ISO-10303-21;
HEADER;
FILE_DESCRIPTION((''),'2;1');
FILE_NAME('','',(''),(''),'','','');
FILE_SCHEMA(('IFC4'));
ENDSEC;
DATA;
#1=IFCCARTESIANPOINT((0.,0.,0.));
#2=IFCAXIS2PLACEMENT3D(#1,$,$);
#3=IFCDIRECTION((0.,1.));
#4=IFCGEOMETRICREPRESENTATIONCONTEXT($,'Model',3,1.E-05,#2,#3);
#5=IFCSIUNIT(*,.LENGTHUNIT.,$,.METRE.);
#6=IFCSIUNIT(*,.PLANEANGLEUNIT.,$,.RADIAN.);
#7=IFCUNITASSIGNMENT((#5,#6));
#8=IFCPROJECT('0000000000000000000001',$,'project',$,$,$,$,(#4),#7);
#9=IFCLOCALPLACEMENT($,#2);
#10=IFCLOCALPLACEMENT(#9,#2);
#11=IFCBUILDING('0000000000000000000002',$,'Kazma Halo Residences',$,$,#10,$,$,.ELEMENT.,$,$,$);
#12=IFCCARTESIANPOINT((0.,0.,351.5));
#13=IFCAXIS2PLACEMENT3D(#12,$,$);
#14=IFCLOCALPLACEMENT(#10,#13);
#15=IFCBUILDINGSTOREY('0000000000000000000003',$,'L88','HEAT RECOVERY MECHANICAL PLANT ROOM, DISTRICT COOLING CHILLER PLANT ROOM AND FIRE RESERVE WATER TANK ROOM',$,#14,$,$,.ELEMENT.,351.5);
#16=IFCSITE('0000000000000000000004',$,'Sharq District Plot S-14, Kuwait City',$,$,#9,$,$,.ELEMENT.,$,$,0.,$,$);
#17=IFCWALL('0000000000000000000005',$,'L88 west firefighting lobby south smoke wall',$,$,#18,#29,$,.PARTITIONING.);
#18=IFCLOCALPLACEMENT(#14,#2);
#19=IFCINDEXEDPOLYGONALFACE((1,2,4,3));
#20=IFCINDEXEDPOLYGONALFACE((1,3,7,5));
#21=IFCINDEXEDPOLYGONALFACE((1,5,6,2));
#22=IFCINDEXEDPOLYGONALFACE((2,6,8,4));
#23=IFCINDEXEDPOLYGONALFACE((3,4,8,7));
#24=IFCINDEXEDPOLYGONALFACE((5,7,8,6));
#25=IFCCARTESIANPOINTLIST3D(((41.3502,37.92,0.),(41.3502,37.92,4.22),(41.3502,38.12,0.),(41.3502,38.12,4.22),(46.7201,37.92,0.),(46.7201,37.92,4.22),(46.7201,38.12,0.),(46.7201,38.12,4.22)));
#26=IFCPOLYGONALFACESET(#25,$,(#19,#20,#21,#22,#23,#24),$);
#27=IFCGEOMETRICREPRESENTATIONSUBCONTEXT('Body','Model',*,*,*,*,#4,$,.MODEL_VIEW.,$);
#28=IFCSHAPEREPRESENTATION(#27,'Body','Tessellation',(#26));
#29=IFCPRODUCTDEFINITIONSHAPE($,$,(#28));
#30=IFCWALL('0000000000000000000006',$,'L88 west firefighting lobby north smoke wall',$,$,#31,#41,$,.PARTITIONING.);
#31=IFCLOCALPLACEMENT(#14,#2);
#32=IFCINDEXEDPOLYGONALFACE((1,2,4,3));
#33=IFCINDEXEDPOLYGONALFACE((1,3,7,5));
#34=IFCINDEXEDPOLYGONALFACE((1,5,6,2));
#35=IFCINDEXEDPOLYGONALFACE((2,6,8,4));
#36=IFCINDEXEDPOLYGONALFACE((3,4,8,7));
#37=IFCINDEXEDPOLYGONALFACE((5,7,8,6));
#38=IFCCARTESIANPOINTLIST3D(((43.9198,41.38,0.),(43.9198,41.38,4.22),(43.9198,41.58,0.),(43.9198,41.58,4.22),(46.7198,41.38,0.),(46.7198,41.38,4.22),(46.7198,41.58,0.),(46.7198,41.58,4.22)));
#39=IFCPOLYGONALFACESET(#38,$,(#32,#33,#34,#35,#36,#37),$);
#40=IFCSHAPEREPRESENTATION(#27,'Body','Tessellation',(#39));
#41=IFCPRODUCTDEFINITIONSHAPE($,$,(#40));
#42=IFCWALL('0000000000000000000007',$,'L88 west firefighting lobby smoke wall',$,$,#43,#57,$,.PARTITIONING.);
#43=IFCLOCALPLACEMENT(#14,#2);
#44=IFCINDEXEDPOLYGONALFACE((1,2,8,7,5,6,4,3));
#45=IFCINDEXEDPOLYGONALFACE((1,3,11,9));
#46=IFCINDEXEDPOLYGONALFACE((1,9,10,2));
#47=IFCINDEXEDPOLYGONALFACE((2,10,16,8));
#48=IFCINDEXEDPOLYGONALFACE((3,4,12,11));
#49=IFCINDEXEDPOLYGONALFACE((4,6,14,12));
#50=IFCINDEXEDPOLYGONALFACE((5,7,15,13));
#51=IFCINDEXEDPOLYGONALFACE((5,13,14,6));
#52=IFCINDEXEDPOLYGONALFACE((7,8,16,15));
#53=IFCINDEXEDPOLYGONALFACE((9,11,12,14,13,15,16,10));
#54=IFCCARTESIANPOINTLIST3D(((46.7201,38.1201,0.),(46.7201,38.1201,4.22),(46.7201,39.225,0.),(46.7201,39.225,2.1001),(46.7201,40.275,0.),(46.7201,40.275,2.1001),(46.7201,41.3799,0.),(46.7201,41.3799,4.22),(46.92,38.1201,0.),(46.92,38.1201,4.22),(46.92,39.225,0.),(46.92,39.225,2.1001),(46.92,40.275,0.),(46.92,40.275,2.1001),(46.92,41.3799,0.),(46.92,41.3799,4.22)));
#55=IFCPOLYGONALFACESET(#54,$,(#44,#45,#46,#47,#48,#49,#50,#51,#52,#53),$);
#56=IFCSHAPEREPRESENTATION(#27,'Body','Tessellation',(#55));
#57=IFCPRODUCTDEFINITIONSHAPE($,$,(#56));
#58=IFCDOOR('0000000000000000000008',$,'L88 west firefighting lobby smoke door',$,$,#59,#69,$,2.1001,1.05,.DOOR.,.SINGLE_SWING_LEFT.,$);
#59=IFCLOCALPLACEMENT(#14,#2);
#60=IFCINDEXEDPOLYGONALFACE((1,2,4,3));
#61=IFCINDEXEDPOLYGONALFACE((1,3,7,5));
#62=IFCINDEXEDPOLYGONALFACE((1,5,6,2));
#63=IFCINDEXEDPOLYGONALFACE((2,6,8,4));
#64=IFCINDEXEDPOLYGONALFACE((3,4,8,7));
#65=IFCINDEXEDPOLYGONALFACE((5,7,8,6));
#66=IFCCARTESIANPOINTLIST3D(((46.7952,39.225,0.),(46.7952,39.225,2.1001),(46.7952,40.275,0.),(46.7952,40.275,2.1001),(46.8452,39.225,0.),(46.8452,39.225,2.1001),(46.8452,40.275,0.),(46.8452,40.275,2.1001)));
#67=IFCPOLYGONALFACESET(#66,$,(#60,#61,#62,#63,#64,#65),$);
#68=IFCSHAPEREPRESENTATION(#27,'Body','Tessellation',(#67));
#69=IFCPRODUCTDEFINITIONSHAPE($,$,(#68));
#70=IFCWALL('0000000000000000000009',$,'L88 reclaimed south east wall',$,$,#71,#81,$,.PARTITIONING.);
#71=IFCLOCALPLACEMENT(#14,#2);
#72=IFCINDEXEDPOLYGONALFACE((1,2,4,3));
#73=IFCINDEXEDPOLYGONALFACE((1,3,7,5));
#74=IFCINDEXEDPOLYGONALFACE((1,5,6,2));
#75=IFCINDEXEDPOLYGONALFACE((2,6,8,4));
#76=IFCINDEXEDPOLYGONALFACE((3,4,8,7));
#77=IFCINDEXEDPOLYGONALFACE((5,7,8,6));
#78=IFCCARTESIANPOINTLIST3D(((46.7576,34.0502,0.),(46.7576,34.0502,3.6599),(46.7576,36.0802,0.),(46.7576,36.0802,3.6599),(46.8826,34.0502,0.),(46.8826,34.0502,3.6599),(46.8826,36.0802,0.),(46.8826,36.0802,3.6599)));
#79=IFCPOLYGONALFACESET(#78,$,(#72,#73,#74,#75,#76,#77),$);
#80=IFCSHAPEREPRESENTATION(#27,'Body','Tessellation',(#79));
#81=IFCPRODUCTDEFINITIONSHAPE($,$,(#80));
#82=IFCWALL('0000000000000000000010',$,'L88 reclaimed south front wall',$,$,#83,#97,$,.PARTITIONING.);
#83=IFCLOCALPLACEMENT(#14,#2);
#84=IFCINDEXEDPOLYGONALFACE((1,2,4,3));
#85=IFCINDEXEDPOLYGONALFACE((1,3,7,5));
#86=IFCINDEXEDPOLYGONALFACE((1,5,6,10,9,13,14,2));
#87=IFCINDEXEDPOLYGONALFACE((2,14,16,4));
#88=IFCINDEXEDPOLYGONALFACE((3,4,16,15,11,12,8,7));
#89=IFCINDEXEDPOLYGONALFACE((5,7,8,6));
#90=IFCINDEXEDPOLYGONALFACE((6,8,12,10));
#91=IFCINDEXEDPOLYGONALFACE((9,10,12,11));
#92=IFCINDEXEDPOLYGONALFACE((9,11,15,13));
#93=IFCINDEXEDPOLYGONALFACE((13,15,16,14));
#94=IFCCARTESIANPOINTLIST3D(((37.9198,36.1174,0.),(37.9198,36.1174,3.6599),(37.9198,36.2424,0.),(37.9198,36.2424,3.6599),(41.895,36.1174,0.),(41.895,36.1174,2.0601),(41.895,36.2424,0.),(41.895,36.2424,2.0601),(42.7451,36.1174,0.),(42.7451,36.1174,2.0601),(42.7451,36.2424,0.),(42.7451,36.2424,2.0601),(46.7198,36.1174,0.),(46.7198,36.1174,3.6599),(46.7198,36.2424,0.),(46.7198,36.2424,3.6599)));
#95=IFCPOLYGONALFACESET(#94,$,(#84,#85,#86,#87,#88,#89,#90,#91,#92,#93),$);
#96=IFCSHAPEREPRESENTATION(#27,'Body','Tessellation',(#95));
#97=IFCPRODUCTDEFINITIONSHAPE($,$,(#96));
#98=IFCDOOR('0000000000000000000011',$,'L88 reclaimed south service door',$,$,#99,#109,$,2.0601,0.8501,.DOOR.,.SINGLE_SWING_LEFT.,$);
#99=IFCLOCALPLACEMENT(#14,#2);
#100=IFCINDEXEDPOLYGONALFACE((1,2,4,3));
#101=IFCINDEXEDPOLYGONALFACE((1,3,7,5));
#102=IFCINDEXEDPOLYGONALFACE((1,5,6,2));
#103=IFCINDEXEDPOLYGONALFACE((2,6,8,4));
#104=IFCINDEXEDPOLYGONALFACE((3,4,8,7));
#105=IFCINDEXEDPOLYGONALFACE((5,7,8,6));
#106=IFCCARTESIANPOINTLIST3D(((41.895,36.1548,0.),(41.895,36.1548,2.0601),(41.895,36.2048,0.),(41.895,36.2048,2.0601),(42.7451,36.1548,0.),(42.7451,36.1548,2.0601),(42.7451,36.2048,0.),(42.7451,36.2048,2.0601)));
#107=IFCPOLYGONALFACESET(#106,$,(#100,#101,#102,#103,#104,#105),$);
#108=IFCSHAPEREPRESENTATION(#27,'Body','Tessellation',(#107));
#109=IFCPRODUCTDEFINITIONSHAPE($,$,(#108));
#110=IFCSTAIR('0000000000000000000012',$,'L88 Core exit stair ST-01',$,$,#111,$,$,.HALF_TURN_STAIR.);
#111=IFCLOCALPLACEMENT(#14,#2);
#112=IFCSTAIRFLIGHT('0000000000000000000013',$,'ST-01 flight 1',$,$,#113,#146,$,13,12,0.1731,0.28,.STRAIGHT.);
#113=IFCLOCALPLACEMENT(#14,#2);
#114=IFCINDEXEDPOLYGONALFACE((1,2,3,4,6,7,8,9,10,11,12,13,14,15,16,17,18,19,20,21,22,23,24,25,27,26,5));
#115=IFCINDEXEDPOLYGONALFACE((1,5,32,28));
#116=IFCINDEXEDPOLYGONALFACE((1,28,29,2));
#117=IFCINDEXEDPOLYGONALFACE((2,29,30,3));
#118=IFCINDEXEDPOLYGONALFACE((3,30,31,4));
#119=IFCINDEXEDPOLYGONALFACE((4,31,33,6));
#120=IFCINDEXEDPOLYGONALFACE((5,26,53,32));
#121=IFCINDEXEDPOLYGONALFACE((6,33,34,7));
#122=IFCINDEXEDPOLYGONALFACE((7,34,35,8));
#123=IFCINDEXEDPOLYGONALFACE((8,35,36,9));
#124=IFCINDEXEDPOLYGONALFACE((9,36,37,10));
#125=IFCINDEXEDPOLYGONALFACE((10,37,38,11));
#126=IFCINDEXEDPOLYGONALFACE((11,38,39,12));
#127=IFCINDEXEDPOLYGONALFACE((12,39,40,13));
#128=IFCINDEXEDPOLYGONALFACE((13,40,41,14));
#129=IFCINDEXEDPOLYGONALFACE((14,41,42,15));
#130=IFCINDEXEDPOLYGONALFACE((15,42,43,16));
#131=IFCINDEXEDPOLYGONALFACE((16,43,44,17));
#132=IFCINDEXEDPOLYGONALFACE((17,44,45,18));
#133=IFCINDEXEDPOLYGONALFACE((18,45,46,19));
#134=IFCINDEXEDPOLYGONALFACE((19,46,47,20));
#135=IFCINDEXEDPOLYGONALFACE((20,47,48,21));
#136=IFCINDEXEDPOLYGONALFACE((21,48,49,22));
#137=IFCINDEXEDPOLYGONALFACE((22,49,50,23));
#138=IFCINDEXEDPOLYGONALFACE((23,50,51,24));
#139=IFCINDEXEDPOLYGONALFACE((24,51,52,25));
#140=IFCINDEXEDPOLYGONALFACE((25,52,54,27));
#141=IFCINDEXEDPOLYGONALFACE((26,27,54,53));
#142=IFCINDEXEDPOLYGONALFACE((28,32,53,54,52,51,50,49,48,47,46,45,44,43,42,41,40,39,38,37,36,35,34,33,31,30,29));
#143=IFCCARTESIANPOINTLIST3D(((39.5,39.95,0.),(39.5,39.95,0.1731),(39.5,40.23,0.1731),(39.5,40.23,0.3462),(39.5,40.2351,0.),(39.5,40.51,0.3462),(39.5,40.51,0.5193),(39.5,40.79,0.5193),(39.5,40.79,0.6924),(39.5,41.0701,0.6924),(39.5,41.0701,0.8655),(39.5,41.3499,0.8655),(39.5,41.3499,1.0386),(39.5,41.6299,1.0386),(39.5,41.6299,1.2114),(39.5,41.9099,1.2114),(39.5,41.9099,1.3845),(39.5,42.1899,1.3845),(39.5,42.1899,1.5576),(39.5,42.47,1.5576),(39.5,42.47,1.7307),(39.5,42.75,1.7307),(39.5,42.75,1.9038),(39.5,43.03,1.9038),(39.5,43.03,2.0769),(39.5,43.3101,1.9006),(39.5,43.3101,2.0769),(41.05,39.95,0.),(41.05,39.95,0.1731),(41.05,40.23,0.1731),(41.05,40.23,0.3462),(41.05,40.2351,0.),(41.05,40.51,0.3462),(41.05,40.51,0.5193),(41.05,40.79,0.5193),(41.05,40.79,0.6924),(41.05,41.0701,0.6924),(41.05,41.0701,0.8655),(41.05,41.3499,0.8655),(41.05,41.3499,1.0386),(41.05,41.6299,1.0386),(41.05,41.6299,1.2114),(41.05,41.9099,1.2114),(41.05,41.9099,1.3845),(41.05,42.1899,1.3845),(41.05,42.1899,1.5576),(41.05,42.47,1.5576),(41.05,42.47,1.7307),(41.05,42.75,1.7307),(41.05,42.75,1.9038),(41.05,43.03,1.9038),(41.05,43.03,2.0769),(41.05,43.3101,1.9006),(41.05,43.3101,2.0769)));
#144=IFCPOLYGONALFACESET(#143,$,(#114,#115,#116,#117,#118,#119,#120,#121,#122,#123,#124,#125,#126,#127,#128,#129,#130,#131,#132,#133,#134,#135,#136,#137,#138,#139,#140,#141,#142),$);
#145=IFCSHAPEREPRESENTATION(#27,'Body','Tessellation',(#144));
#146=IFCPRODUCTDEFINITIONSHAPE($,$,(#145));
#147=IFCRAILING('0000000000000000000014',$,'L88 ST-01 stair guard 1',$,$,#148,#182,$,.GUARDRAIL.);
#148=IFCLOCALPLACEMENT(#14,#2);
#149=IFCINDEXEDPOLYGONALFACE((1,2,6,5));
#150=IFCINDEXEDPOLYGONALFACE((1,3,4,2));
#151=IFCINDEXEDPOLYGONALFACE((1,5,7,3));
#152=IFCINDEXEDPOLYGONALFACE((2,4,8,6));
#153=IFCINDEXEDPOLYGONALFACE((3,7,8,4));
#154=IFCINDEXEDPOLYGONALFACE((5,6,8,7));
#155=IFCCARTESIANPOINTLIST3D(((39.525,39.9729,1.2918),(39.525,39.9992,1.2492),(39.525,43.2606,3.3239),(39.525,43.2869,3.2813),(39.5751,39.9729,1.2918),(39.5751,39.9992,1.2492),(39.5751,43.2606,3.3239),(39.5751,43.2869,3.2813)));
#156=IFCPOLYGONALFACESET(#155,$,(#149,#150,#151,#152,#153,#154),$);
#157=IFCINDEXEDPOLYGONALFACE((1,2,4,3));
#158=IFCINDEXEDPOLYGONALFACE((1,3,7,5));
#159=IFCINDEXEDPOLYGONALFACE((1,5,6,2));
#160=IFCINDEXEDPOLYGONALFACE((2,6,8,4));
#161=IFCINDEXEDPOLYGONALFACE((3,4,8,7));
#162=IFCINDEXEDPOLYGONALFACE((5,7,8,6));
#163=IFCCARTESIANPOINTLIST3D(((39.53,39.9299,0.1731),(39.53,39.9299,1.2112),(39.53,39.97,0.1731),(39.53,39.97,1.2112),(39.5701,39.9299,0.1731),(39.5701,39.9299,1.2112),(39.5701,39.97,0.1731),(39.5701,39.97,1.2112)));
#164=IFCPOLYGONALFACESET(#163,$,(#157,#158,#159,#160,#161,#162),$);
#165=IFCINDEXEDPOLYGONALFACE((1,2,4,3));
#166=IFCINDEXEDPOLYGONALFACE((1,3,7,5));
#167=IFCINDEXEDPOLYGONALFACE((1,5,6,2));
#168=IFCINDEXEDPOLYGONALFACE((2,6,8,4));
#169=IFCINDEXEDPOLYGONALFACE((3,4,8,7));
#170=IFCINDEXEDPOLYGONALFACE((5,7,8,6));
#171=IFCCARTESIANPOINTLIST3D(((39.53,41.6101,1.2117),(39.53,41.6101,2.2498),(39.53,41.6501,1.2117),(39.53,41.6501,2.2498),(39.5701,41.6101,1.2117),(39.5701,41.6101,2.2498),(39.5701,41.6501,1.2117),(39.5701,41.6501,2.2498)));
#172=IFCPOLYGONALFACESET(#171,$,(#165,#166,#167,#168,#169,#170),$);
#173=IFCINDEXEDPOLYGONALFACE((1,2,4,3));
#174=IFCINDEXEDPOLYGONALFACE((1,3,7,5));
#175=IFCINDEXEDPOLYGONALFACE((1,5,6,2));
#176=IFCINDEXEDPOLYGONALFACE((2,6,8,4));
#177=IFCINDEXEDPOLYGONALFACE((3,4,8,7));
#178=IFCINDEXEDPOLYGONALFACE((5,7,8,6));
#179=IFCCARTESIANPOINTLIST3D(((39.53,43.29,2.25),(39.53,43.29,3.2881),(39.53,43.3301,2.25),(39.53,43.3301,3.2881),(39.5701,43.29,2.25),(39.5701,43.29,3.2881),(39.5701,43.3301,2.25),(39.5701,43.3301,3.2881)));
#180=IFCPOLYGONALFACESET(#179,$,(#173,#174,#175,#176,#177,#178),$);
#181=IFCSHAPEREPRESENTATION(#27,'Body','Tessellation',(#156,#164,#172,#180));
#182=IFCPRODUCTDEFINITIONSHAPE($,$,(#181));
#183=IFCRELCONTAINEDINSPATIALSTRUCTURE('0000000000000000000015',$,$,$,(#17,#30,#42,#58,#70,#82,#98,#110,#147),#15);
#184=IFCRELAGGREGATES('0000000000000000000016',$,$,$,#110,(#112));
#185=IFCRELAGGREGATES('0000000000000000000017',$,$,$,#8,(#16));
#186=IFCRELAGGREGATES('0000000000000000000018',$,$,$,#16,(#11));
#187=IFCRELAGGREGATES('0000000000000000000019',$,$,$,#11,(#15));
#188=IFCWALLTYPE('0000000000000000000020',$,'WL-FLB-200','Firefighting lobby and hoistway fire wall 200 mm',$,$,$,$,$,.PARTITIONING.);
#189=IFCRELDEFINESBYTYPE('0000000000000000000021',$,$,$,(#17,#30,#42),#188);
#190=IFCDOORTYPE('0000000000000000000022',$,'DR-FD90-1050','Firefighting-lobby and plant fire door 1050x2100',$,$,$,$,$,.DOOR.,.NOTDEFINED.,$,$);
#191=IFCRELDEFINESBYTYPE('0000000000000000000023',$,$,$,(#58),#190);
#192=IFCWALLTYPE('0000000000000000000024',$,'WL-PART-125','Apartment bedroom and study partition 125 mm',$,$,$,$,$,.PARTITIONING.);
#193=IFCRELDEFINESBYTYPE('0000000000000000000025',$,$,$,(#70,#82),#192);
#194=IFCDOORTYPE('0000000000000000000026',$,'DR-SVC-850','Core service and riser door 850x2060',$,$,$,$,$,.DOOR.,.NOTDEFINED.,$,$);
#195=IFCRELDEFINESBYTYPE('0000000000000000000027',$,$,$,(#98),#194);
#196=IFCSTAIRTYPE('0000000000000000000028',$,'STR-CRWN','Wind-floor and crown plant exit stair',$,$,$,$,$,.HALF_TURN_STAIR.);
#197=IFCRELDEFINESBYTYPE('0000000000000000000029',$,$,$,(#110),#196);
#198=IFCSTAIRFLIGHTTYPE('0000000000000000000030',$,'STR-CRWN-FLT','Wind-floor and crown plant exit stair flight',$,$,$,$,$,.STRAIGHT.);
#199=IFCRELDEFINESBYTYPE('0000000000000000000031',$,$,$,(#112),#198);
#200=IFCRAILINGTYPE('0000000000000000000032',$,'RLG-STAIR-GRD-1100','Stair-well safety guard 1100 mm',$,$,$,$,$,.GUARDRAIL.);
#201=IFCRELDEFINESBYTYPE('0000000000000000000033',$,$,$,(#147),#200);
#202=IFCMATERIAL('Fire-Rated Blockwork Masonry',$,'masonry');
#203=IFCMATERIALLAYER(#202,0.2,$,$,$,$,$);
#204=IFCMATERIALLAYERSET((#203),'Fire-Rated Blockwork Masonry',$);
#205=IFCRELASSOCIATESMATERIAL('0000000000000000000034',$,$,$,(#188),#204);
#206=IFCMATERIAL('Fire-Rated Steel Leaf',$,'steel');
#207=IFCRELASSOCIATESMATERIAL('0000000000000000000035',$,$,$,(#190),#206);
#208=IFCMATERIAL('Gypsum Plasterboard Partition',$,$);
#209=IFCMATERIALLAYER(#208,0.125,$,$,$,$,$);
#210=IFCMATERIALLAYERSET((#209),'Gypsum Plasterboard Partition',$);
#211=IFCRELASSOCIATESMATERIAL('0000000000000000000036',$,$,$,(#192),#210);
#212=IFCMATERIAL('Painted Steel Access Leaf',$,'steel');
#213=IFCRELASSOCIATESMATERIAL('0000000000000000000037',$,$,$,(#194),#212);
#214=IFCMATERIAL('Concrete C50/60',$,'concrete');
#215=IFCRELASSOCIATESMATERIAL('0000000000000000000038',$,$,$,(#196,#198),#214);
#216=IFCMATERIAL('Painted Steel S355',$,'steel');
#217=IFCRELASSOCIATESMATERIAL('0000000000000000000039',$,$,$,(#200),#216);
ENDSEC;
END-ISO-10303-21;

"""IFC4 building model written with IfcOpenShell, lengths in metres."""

from ifc_helpers import new_model, si_unit, direction, frame, frame_2d, origin, origin_2d, place, context, subcontext, project, spatial, polyline, rectangle, outline, extrude, material, layer, layer_set, type_object, element, fill, aggregate, save


model = new_model("IFC4")

# Units and contexts
model_context = context("Model", 3, precision=1e-05, world=origin(), true_north=direction((0.0, 1.0)))
body_context = subcontext(model_context, "Body", "Model", "MODEL_VIEW")
ifc_project = project(units=[si_unit("LENGTHUNIT", "METRE"), si_unit("PLANEANGLEUNIT", "RADIAN")], contexts=[model_context])

# Site, building, storey
site_placement = place(None, origin())
site = spatial("IfcSite", under=ifc_project, at=site_placement, Name="Sharq District Plot S-14, Kuwait City", CompositionType="ELEMENT", RefElevation=0.0)
building_placement = place(site_placement, origin())
building = spatial("IfcBuilding", under=site, at=building_placement, Name="Kazma Halo Residences", CompositionType="ELEMENT")
storey_placement = place(building_placement, frame((0.0, 0.0, 351.5)))
storey = spatial("IfcBuildingStorey", under=building, at=storey_placement, Name="L88", Description="HEAT RECOVERY MECHANICAL PLANT ROOM, DISTRICT COOLING CHILLER PLANT ROOM AND FIRE RESERVE WATER TANK ROOM", CompositionType="ELEMENT", Elevation=351.5)

# Walls
ifc_material_1 = material(Name="Fire-Rated Blockwork Masonry", Category="masonry")
ifc_layer_1 = layer(ifc_material_1, 0.2)
ifc_layer_set_1 = layer_set([ifc_layer_1], Name="Fire-Rated Blockwork Masonry")
wall_type_1 = type_object("IfcWallType", Name="WL-FLB-200", Description="Firefighting lobby and hoistway fire wall 200 mm", PredefinedType="PARTITIONING", material=ifc_layer_set_1)
wall_1_placement = place(storey_placement, frame((41.3501, 38.02, 0.0), z_axis=(0.0, 0.0, 1.0), x_axis=(1.0, 0.0, 0.0)))
element("IfcWall", 1, at=wall_1_placement, inside=storey, type_object=wall_type_1, Name="L88 west firefighting lobby south smoke wall", PredefinedType="PARTITIONING", context=body_context, shape_type="SweptSolid", body=[
    extrude(rectangle(XDim=5.3699, YDim=0.2, at=frame_2d((2.6851, 0.0))), origin(), (0.0, 0.0, 1.0), 4.22),
])
wall_2_placement = place(storey_placement, frame((43.9199, 41.48, 0.0), z_axis=(0.0, 0.0, 1.0), x_axis=(1.0, 0.0, 0.0)))
element("IfcWall", 2, at=wall_2_placement, inside=storey, type_object=wall_type_1, Name="L88 west firefighting lobby north smoke wall", PredefinedType="PARTITIONING", context=body_context, shape_type="SweptSolid", body=[
    extrude(rectangle(XDim=2.8, YDim=0.2, at=frame_2d((1.3999, 0.0))), origin(), (0.0, 0.0, 1.0), 4.22),
])

# Wall, opening, door
wall_3_placement = place(storey_placement, frame((46.8201, 38.1201, 0.0), z_axis=(0.0, 0.0, 1.0), x_axis=(0.0, 1.0, 0.0)))
wall_3 = element("IfcWall", 3, at=wall_3_placement, inside=storey, type_object=wall_type_1, Name="L88 west firefighting lobby smoke wall", PredefinedType="PARTITIONING", context=body_context, shape_type="SweptSolid", body=[
    extrude(rectangle(XDim=3.2598, YDim=0.2, at=frame_2d((1.6299, 0.0))), origin(), (0.0, 0.0, 1.0), 4.22),
])
opening_1_placement = place(wall_3_placement, frame((1.105, 0.0, 0.0)))
opening_1 = element("IfcOpeningElement", 4, at=opening_1_placement, cuts=wall_3, PredefinedType="OPENING", context=body_context, shape_type="SweptSolid", body=[
    extrude(rectangle(XDim=1.05, YDim=2.1001, at=frame_2d((0.5249, 1.05))), frame((0.0, 0.1099, 0.0), z_axis=(0.0, -1.0, 0.0), x_axis=(1.0, 0.0, 0.0)), (0.0, 0.0, 1.0), 0.22),
])
ifc_material_2 = material(Name="Fire-Rated Steel Leaf", Category="steel")
door_type_1 = type_object("IfcDoorType", Name="DR-FD90-1050", Description="Firefighting-lobby and plant fire door 1050x2100", OperationType="NOTDEFINED", PredefinedType="DOOR", material=ifc_material_2)
door_1_placement = place(opening_1_placement, origin())
door_1 = element("IfcDoor", 5, at=door_1_placement, inside=storey, type_object=door_type_1, Name="L88 west firefighting lobby smoke door", OperationType="SINGLE_SWING_LEFT", OverallHeight=2.1001, OverallWidth=1.05, PredefinedType="DOOR", context=body_context, shape_type="SweptSolid", body=[
    extrude(rectangle(XDim=1.05, YDim=2.1001, at=frame_2d((0.5249, 1.05))), frame((0.0, 0.0249, 0.0), z_axis=(0.0, -1.0, 0.0), x_axis=(1.0, 0.0, 0.0)), (0.0, 0.0, 1.0), 0.05),
])
fill(opening_1, door_1)

# Wall
ifc_material_3 = material(Name="Gypsum Plasterboard Partition")
ifc_layer_2 = layer(ifc_material_3, 0.125)
ifc_layer_set_2 = layer_set([ifc_layer_2], Name="Gypsum Plasterboard Partition")
wall_type_2 = type_object("IfcWallType", Name="WL-PART-125", Description="Apartment bedroom and study partition 125 mm", PredefinedType="PARTITIONING", material=ifc_layer_set_2)
wall_4_placement = place(storey_placement, frame((46.8201, 34.05, 0.0), z_axis=(0.0, 0.0, 1.0), x_axis=(0.0, 1.0, 0.0)))
element("IfcWall", 6, at=wall_4_placement, inside=storey, type_object=wall_type_2, Name="L88 reclaimed south east wall", PredefinedType="PARTITIONING", context=body_context, shape_type="SweptSolid", body=[
    extrude(rectangle(XDim=2.03, YDim=0.125, at=frame_2d((1.0151, 0.0))), origin(), (0.0, 0.0, 1.0), 3.6599),
])

# Wall, opening, door
wall_5_placement = place(storey_placement, frame((37.9199, 36.1799, 0.0), z_axis=(0.0, 0.0, 1.0), x_axis=(1.0, 0.0, 0.0)))
wall_5 = element("IfcWall", 7, at=wall_5_placement, inside=storey, type_object=wall_type_2, Name="L88 reclaimed south front wall", PredefinedType="PARTITIONING", context=body_context, shape_type="SweptSolid", body=[
    extrude(rectangle(XDim=8.8, YDim=0.125, at=frame_2d((4.3999, 0.0))), origin(), (0.0, 0.0, 1.0), 3.6599),
])
opening_2_placement = place(wall_5_placement, frame((3.9751, 0.0, 0.0)))
opening_2 = element("IfcOpeningElement", 8, at=opening_2_placement, cuts=wall_5, PredefinedType="OPENING", context=body_context, shape_type="SweptSolid", body=[
    extrude(rectangle(XDim=0.8501, YDim=2.0601, at=frame_2d((0.425, 1.03))), frame((0.0, 0.0725, 0.0), z_axis=(0.0, -1.0, 0.0), x_axis=(1.0, 0.0, 0.0)), (0.0, 0.0, 1.0), 0.145),
])
ifc_material_4 = material(Name="Painted Steel Access Leaf", Category="steel")
door_type_2 = type_object("IfcDoorType", Name="DR-SVC-850", Description="Core service and riser door 850x2060", OperationType="NOTDEFINED", PredefinedType="DOOR", material=ifc_material_4)
door_2_placement = place(opening_2_placement, origin())
door_2 = element("IfcDoor", 9, at=door_2_placement, inside=storey, type_object=door_type_2, Name="L88 reclaimed south service door", OperationType="SINGLE_SWING_LEFT", OverallHeight=2.0601, OverallWidth=0.8501, PredefinedType="DOOR", context=body_context, shape_type="SweptSolid", body=[
    extrude(rectangle(XDim=0.8501, YDim=2.0601, at=frame_2d((0.425, 1.03))), frame((0.0, 0.0249, 0.0), z_axis=(0.0, -1.0, 0.0), x_axis=(1.0, 0.0, 0.0)), (0.0, 0.0, 1.0), 0.05),
])
fill(opening_2, door_2)
ifc_material_5 = material(Name="Concrete C50/60", Category="concrete")

# Stair, stair flight
stair_type = type_object("IfcStairType", Name="STR-CRWN", Description="Wind-floor and crown plant exit stair", PredefinedType="HALF_TURN_STAIR", material=ifc_material_5)
stair_placement = place(storey_placement, origin())
stair = element("IfcStair", 10, at=stair_placement, inside=storey, type_object=stair_type, Name="L88 Core exit stair ST-01", PredefinedType="HALF_TURN_STAIR")
stair_flight_type = type_object("IfcStairFlightType", Name="STR-CRWN-FLT", Description="Wind-floor and crown plant exit stair flight", PredefinedType="STRAIGHT", material=ifc_material_5)
stair_flight_placement = place(storey_placement, frame((40.2749, 39.95, 0.0), z_axis=(0.0, 0.0, 1.0), x_axis=(0.0, 1.0, 0.0)))
stair_flight = element("IfcStairFlight", 11, at=stair_flight_placement, type_object=stair_flight_type, Name="ST-01 flight 1", NumberOfRisers=13, NumberOfTreads=12, PredefinedType="STRAIGHT", RiserHeight=0.1731, TreadLength=0.28, context=body_context, shape_type="SweptSolid", body=[
    extrude(outline(polyline([(0.0, 0.0), (0.0, 0.1731), (0.28, 0.1731), (0.28, 0.3462), (0.5601, 0.3462), (0.5601, 0.5193), (0.8401, 0.5193), (0.8401, 0.6924), (1.1201, 0.6924), (1.1201, 0.8655), (1.3999, 0.8655), (1.3999, 1.0386), (1.6799, 1.0386), (1.6799, 1.2114), (1.96, 1.2114), (1.96, 1.3845), (2.24, 1.3845), (2.24, 1.5576), (2.52, 1.5576), (2.52, 1.7307), (2.8, 1.7307), (2.8, 1.9038), (3.0801, 1.9038), (3.0801, 2.0769), (3.3601, 2.0769), (3.3601, 2.25), (3.3601, 1.9006), (0.2852, 0.0), (0.0, 0.0)])), frame((0.0, 0.7749, 0.0), z_axis=(0.0, -1.0, 0.0), x_axis=(1.0, 0.0, 0.0)), (0.0, 0.0, 1.0), 1.55),
])
aggregate(stair, [stair_flight])

# Railing
ifc_material_6 = material(Name="Painted Steel S355", Category="steel")
railing_type_1 = type_object("IfcRailingType", Name="RLG-STAIR-GRD-1100", Description="Stair-well safety guard 1100 mm", PredefinedType="GUARDRAIL", material=ifc_material_6)
railing_1_placement = place(storey_placement, frame((39.55, 39.95, 0.1731)))
element("IfcRailing", 12, at=railing_1_placement, inside=storey, type_object=railing_type_1, Name="L88 ST-01 stair guard 1", PredefinedType="GUARDRAIL", context=body_context, shape_type="SweptSolid", body=[
    extrude(rectangle(XDim=0.05, YDim=0.05, at=origin_2d()), frame((0.0, 0.0361, 1.0974), z_axis=(0.0, 0.850623, 0.525776), x_axis=(-1.0, 0.0, 0.0)), (0.0, 0.0, 1.0), 3.865),
    extrude(rectangle(XDim=0.04, YDim=0.04, at=origin_2d()), origin(), (0.0, 0.0, 1.0), 1.0381),
    extrude(rectangle(XDim=0.04, YDim=0.04, at=origin_2d()), frame((0.0, 1.6802, 1.0386)), (0.0, 0.0, 1.0), 1.0381),
    extrude(rectangle(XDim=0.04, YDim=0.04, at=origin_2d()), frame((0.0, 3.3601, 2.0769)), (0.0, 0.0, 1.0), 1.0381),
])

save(model, "model.ifc")
